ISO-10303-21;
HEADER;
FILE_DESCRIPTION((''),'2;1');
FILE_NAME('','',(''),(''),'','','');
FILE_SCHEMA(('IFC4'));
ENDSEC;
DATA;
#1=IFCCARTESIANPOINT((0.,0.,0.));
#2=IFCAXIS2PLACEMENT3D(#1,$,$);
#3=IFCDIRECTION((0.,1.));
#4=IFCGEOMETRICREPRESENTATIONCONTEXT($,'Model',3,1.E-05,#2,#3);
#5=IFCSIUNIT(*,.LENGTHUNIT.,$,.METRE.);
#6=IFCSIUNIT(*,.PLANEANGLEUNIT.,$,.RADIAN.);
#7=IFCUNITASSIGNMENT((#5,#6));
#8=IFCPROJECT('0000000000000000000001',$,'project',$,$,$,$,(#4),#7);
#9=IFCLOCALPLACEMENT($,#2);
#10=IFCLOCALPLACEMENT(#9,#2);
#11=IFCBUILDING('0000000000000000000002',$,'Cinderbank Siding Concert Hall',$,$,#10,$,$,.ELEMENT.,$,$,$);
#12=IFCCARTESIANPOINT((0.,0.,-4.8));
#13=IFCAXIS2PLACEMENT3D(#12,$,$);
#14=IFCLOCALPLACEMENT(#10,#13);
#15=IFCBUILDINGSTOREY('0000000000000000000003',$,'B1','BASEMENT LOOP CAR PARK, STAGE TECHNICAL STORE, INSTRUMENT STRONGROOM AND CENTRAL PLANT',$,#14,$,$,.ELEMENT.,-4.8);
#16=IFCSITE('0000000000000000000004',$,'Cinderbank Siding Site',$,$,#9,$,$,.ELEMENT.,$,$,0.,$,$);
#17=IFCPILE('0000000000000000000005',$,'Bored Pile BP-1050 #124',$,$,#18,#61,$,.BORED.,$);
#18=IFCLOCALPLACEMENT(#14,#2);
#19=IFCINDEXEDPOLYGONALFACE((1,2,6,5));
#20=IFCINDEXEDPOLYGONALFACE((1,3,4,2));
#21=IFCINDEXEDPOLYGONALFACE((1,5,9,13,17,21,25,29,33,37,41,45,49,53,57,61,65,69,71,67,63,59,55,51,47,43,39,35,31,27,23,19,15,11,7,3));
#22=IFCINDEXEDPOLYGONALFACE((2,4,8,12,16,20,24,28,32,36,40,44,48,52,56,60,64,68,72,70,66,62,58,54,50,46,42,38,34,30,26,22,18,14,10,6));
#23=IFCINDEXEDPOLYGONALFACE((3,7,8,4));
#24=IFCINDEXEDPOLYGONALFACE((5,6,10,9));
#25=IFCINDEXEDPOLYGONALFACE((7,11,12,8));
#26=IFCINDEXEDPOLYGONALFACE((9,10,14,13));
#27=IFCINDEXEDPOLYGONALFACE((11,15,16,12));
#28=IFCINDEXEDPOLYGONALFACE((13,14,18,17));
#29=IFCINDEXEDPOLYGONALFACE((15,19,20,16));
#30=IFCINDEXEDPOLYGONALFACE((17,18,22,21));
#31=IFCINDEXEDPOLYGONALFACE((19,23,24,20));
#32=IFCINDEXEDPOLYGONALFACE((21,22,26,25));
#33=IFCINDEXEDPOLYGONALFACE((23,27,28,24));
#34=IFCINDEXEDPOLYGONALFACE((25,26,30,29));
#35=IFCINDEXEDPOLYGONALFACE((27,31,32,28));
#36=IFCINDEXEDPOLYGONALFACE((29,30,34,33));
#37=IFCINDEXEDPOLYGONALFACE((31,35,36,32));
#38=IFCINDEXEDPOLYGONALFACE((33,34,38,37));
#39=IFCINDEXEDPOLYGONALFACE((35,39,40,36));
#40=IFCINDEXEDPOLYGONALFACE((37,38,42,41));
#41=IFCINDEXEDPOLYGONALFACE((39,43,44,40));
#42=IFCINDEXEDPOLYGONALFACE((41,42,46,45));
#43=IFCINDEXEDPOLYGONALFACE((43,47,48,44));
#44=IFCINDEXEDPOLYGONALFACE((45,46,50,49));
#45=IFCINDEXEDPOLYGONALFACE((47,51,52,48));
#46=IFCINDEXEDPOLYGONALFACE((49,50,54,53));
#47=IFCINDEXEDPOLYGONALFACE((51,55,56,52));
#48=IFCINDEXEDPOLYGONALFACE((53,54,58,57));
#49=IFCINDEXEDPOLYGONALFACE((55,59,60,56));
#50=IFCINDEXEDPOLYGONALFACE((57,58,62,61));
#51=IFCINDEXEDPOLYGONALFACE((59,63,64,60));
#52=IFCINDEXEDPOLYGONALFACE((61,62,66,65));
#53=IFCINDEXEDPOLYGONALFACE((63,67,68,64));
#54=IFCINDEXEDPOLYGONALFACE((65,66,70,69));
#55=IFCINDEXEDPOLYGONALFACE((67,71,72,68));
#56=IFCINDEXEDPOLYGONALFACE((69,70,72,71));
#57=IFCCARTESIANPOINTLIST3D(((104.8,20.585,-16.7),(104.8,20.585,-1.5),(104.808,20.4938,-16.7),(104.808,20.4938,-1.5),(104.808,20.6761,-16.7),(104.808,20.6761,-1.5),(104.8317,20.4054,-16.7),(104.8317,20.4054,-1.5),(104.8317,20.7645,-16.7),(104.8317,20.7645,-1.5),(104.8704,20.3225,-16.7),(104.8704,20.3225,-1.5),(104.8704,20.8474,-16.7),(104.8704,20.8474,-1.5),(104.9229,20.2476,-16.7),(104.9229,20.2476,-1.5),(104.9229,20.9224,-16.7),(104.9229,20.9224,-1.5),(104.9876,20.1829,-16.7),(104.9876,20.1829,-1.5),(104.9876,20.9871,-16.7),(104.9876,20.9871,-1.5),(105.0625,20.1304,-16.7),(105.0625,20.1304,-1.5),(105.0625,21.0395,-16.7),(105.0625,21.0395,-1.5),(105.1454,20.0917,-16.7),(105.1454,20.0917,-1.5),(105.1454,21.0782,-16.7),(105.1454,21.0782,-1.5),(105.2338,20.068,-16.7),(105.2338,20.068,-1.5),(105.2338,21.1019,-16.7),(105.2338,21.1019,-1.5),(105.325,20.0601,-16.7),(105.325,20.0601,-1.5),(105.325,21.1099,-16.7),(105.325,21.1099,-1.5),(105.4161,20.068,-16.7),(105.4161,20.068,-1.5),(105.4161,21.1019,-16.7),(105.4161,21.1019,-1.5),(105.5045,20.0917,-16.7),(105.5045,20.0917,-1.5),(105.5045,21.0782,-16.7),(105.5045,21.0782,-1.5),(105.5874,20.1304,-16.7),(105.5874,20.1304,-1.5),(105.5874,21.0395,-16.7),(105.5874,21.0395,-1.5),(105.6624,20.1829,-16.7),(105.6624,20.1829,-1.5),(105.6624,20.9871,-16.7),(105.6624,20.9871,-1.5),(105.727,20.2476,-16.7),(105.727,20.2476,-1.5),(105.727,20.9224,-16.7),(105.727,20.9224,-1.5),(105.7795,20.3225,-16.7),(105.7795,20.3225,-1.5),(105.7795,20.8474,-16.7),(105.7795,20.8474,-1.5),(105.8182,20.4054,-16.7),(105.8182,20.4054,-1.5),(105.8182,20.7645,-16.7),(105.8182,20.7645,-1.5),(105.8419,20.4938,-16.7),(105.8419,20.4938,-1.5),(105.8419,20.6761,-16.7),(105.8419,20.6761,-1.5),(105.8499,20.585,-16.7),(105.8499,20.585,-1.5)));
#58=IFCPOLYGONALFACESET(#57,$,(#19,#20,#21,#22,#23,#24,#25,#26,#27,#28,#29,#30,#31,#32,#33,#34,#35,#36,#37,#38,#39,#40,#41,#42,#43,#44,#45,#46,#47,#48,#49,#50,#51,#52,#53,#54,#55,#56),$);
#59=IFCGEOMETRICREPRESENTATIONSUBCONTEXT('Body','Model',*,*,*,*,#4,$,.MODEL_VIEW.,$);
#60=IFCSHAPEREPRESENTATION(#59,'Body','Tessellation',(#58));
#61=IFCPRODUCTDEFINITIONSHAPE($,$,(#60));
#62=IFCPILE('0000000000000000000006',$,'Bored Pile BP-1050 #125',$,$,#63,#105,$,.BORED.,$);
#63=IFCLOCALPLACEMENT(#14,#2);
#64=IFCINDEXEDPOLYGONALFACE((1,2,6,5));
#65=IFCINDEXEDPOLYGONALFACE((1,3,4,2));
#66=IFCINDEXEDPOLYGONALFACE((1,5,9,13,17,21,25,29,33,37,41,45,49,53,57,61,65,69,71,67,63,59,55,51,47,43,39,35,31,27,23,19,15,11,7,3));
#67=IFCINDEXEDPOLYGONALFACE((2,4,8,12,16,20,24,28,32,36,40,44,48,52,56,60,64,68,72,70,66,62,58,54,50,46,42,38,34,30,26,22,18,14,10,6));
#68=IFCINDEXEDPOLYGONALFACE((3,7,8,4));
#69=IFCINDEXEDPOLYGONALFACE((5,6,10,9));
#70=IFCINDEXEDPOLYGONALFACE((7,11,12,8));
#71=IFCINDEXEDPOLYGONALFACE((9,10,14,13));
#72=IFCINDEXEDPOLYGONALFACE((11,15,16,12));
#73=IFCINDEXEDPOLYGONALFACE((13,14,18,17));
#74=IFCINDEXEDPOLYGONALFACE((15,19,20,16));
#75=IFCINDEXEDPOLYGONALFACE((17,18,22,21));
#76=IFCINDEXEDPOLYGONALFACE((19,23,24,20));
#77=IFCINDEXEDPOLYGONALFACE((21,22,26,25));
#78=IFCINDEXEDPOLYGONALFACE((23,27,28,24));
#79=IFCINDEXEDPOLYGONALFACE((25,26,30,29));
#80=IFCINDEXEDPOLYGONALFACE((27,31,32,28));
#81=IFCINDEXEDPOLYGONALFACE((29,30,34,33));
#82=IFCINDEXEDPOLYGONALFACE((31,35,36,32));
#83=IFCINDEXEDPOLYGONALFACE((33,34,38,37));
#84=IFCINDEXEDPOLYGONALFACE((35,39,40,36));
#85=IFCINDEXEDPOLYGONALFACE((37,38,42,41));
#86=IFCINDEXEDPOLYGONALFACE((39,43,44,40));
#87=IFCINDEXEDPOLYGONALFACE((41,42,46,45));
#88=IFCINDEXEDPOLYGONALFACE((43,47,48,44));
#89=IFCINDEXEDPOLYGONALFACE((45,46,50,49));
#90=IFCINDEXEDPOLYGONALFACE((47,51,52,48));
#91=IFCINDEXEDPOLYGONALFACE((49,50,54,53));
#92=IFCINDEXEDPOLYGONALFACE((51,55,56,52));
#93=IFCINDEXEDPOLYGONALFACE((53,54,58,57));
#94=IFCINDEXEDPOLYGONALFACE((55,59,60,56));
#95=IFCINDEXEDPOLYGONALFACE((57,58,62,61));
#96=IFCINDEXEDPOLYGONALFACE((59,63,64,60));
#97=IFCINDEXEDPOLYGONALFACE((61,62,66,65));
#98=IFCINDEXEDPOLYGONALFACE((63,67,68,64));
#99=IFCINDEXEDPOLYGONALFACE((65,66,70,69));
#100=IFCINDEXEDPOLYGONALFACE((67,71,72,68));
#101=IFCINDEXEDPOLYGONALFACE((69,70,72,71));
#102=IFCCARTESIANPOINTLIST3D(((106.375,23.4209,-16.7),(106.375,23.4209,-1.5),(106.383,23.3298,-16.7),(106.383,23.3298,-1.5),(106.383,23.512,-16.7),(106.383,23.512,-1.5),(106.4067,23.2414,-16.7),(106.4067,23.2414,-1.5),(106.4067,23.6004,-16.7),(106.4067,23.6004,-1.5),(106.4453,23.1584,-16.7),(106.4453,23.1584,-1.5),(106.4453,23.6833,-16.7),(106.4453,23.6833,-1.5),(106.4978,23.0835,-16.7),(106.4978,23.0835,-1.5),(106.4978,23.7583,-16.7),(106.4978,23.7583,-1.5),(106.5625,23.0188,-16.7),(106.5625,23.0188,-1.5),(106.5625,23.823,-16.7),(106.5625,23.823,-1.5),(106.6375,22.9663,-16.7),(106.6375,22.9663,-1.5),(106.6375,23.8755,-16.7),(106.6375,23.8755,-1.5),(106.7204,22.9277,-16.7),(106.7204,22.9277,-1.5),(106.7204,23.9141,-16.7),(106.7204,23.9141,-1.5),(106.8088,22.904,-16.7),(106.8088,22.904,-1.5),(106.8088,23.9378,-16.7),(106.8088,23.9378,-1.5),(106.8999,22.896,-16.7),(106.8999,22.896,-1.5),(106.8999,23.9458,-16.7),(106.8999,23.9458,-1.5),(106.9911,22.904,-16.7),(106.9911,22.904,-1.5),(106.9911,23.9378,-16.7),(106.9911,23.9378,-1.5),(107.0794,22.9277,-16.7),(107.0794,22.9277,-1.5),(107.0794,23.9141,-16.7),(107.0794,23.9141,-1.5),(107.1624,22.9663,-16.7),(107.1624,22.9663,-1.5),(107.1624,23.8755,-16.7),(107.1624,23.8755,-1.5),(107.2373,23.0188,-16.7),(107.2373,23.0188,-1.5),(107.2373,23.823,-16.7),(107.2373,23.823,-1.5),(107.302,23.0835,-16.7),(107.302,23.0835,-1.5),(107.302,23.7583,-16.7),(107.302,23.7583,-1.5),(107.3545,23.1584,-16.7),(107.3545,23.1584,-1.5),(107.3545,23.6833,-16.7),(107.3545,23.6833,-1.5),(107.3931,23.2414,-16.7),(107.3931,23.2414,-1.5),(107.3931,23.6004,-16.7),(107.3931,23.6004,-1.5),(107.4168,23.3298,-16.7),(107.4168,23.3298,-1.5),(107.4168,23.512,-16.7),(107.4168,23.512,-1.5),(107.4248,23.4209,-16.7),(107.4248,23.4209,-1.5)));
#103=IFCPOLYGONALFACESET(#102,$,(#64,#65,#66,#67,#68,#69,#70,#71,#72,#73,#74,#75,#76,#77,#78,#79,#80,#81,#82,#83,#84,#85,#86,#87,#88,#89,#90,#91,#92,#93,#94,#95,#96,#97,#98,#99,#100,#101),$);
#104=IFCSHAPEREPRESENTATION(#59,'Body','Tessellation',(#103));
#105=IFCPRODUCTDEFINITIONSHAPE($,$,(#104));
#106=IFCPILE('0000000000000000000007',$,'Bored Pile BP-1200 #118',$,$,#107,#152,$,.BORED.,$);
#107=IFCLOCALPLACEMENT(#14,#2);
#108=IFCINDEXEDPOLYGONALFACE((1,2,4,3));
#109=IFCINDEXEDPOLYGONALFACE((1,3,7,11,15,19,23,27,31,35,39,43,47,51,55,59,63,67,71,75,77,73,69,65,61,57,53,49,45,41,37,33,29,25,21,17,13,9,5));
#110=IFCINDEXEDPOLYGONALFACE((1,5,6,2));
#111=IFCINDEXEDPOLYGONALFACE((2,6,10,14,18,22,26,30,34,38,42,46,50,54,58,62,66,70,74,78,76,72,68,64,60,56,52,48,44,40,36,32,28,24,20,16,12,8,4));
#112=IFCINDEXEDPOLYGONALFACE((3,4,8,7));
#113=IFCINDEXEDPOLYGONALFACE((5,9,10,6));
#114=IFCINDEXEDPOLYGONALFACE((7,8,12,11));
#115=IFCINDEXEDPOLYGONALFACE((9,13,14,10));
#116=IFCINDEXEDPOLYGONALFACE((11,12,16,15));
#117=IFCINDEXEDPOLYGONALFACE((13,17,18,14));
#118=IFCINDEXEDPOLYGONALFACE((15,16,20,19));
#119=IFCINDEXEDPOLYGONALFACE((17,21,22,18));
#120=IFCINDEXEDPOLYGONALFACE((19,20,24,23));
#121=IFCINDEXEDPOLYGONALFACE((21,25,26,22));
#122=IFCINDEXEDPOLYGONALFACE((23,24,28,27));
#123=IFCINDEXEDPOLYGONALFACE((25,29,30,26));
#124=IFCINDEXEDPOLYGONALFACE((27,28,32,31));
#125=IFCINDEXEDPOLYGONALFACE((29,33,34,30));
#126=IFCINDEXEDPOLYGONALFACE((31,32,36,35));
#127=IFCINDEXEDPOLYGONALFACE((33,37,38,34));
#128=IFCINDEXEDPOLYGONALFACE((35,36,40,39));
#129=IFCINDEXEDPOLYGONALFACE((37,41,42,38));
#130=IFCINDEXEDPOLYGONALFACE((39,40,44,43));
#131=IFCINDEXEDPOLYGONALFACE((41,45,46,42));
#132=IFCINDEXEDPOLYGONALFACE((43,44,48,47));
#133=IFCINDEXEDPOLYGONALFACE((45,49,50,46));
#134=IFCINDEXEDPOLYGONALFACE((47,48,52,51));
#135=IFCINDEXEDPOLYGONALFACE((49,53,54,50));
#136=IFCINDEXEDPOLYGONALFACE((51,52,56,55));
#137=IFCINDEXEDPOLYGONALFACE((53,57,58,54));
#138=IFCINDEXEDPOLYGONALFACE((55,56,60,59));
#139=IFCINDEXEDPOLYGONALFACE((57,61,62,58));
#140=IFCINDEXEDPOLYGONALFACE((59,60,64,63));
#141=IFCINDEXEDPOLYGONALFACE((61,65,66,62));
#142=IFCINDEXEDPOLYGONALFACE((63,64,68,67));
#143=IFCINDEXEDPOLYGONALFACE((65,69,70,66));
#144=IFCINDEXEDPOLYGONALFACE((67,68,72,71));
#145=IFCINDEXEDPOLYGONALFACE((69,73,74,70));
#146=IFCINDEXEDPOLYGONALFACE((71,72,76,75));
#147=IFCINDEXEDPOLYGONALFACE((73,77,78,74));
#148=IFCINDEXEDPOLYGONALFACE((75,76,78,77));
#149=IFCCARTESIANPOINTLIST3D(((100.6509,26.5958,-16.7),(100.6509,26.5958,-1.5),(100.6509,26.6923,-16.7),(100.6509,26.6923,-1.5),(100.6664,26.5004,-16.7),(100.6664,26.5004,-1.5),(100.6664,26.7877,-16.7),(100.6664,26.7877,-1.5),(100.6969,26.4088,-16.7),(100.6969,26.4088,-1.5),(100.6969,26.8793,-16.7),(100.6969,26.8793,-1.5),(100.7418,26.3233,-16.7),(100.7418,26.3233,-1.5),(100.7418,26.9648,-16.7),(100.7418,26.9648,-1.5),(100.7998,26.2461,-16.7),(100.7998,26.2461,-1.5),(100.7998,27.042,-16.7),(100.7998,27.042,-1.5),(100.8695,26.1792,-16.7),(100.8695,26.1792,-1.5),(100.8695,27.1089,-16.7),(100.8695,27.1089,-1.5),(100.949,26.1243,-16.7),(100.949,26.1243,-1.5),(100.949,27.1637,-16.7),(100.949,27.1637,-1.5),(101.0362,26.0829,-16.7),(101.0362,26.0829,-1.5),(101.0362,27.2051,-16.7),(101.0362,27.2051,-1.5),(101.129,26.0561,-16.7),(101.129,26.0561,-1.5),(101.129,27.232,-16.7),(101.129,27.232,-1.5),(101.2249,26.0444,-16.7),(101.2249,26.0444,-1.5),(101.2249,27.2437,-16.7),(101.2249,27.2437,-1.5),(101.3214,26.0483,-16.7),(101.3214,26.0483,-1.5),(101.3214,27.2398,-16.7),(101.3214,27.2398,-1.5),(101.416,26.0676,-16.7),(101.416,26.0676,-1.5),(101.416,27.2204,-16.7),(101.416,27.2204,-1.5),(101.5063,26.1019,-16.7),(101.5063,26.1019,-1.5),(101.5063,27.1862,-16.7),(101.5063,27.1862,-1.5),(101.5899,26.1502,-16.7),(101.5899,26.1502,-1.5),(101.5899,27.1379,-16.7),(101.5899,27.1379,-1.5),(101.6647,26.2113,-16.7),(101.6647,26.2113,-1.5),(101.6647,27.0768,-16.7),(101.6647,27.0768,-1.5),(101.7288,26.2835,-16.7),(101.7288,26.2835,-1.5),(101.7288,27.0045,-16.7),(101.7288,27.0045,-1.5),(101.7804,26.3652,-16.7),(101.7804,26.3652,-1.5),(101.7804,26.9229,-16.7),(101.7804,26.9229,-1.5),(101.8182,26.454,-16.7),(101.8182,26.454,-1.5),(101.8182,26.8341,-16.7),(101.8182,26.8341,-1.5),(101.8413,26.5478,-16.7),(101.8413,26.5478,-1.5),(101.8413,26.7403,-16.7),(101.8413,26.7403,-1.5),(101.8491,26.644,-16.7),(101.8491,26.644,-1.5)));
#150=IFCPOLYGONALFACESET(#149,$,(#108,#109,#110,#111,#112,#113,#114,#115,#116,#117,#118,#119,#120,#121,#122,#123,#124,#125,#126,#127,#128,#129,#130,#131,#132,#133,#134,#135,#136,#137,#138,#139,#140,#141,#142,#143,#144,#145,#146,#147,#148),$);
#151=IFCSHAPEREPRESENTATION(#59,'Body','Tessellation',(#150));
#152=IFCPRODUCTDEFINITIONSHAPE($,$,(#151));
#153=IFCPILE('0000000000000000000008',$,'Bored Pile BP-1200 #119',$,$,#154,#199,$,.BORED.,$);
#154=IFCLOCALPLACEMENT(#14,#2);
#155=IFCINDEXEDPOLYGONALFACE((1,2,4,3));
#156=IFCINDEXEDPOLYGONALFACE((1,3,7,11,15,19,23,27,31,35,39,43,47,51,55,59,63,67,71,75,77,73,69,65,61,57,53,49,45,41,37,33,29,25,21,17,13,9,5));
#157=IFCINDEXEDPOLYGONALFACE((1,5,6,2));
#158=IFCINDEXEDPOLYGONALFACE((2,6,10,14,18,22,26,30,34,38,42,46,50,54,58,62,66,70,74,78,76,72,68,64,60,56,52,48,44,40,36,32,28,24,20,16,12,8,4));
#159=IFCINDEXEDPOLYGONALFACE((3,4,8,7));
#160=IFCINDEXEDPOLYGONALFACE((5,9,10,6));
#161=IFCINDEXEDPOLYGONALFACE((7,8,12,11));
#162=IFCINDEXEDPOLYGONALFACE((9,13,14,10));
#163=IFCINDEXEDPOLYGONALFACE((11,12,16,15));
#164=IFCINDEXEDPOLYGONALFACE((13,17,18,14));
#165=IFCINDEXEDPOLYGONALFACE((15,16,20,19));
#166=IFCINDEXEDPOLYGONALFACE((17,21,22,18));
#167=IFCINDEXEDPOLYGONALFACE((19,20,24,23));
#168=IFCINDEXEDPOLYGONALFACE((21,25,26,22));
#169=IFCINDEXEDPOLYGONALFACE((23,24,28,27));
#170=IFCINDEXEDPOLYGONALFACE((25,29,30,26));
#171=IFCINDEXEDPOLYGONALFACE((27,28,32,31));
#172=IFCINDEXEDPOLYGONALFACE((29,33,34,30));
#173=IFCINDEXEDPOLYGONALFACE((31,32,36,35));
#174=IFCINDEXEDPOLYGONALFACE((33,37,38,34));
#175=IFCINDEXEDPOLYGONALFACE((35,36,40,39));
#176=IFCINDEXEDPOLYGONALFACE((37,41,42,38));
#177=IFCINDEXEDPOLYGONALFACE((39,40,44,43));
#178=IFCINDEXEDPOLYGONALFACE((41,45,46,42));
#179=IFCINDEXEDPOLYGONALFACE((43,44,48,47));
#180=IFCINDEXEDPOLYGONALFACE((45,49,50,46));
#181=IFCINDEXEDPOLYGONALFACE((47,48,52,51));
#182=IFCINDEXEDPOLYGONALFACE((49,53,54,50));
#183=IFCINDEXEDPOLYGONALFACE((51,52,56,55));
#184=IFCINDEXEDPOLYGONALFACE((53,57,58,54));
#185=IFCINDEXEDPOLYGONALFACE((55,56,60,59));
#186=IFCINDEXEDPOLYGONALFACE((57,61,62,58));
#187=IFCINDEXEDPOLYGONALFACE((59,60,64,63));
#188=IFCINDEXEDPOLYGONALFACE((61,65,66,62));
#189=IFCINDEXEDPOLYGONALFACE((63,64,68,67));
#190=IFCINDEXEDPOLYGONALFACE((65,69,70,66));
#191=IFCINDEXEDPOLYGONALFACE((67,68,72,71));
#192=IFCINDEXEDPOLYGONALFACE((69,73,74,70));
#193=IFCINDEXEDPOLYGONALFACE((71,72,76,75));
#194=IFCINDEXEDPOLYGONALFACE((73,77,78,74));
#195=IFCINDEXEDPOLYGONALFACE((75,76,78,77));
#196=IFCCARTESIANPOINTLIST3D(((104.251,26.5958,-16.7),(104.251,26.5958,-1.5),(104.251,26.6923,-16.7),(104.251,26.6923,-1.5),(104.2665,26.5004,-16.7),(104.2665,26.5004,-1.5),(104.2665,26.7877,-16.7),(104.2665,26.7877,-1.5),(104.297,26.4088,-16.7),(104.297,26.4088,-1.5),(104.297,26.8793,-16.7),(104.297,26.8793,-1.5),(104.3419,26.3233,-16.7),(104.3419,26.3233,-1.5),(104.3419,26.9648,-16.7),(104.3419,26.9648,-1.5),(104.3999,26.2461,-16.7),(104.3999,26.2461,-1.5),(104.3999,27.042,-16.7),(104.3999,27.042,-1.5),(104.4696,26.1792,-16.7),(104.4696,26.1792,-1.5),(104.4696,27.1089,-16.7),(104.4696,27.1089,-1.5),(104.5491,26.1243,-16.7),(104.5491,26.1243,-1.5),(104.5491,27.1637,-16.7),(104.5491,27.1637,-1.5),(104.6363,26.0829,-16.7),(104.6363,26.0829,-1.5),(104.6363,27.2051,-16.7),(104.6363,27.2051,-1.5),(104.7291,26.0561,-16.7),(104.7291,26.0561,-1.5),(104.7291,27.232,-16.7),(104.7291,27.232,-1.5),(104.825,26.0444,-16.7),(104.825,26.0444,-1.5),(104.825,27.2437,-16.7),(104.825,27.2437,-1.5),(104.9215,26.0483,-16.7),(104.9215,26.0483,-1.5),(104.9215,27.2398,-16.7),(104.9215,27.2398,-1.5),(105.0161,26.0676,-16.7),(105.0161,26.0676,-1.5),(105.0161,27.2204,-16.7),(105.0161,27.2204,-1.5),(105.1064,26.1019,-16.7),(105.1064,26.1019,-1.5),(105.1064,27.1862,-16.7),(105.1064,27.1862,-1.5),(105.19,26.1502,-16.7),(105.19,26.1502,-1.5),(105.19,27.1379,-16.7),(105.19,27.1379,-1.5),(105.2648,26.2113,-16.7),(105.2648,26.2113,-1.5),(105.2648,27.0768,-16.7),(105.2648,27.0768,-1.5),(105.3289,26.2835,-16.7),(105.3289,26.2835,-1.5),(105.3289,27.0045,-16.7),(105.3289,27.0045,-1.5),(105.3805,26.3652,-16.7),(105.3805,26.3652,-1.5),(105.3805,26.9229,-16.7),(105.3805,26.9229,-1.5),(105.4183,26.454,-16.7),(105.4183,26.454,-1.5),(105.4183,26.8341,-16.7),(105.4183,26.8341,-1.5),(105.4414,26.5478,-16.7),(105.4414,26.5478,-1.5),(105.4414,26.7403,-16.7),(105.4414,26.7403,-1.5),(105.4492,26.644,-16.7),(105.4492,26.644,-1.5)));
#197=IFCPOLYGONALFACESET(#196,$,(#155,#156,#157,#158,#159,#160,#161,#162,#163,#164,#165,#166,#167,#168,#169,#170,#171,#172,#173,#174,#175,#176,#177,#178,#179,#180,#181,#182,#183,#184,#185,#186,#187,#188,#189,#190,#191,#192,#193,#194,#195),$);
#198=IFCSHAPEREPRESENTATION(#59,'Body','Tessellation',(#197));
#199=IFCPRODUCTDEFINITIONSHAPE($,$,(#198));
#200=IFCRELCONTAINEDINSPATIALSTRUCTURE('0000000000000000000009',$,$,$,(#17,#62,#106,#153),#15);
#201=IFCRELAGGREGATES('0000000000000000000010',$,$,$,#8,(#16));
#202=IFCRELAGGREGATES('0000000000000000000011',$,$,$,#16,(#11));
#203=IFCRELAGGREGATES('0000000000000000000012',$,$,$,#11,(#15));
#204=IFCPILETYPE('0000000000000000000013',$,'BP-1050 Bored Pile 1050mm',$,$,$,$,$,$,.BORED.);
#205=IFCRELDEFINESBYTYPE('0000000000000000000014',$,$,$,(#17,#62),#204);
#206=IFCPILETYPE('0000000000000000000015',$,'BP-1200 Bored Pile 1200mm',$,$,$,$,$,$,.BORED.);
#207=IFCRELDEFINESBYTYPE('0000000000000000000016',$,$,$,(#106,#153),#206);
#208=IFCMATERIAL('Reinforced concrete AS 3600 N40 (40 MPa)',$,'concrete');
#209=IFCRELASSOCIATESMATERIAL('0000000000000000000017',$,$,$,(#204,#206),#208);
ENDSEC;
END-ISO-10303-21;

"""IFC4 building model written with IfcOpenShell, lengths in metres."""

from ifc_helpers import new_model, si_unit, direction, frame, origin, origin_2d, place, context, subcontext, project, spatial, circle, extrude, material, material_profile, profile_set, type_object, element, save


model = new_model("IFC4")

# Units and contexts
model_context = context("Model", 3, precision=1e-05, world=origin(), true_north=direction((0.0, 1.0)))
body_context = subcontext(model_context, "Body", "Model", "MODEL_VIEW")
ifc_project = project(units=[si_unit("LENGTHUNIT", "METRE"), si_unit("PLANEANGLEUNIT", "RADIAN")], contexts=[model_context])

# Site, building, storey
site_placement = place(None, origin())
site = spatial("IfcSite", under=ifc_project, at=site_placement, Name="Cinderbank Siding Site", CompositionType="ELEMENT", RefElevation=0.0)
building_placement = place(site_placement, origin())
building = spatial("IfcBuilding", under=site, at=building_placement, Name="Cinderbank Siding Concert Hall", CompositionType="ELEMENT")
storey_placement = place(building_placement, frame((0.0, 0.0, -4.8)))
storey = spatial("IfcBuildingStorey", under=building, at=storey_placement, Name="B1", Description="BASEMENT LOOP CAR PARK, STAGE TECHNICAL STORE, INSTRUMENT STRONGROOM AND CENTRAL PLANT", CompositionType="ELEMENT", Elevation=-4.8)

# Piles
ifc_material_1 = material(Name="Reinforced concrete AS 3600 N40 (40 MPa)", Category="concrete")
ifc_material_profile_1 = material_profile(ifc_material_1, circle(Radius=0.5249, at=origin_2d()), Name="PILE-1050DIA", Category="LoadBearing")
ifc_profile_set_1 = profile_set([ifc_material_profile_1], Name="Reinforced concrete AS 3600 N40 (40 MPa)")
pile_type_1 = type_object("IfcPileType", Name="BP-1050 Bored Pile 1050mm", PredefinedType="BORED", material=ifc_profile_set_1)
for number, where, z_axis, x_axis, name in (
    (1, (105.325, 20.585, -1.5), (0.0, 0.0, -1.0), (1.0, 0.0, 0.0), "Bored Pile BP-1050 #124"),
    (2, (106.8999, 23.4209, -1.5), (0.0, 0.0, -1.0), (1.0, 0.0, 0.0), "Bored Pile BP-1050 #125"),
):
    element("IfcPile", number, at=place(storey_placement, frame(where, z_axis=z_axis, x_axis=x_axis)), inside=storey, type_object=pile_type_1, Name=name, PredefinedType="BORED", context=body_context, shape_type="SweptSolid", body=[
        extrude(circle(Radius=0.5249, at=origin_2d()), origin(), (0.0, 0.0, 1.0), 15.2),
    ])
ifc_material_profile_2 = material_profile(ifc_material_1, circle(Radius=0.6001, at=origin_2d()), Name="PILE-1200DIA", Category="LoadBearing")
ifc_profile_set_2 = profile_set([ifc_material_profile_2], Name="Reinforced concrete AS 3600 N40 (40 MPa)")
pile_type_2 = type_object("IfcPileType", Name="BP-1200 Bored Pile 1200mm", PredefinedType="BORED", material=ifc_profile_set_2)
for number, where, z_axis, x_axis, name in (
    (3, (101.249, 26.644, -1.5), (0.0, 0.0, -1.0), (1.0, 0.0, 0.0), "Bored Pile BP-1200 #118"),
    (4, (104.8491, 26.644, -1.5), (0.0, 0.0, -1.0), (1.0, 0.0, 0.0), "Bored Pile BP-1200 #119"),
):
    element("IfcPile", number, at=place(storey_placement, frame(where, z_axis=z_axis, x_axis=x_axis)), inside=storey, type_object=pile_type_2, Name=name, PredefinedType="BORED", context=body_context, shape_type="SweptSolid", body=[
        extrude(circle(Radius=0.6001, at=origin_2d()), origin(), (0.0, 0.0, 1.0), 15.2),
    ])

save(model, "model.ifc")
